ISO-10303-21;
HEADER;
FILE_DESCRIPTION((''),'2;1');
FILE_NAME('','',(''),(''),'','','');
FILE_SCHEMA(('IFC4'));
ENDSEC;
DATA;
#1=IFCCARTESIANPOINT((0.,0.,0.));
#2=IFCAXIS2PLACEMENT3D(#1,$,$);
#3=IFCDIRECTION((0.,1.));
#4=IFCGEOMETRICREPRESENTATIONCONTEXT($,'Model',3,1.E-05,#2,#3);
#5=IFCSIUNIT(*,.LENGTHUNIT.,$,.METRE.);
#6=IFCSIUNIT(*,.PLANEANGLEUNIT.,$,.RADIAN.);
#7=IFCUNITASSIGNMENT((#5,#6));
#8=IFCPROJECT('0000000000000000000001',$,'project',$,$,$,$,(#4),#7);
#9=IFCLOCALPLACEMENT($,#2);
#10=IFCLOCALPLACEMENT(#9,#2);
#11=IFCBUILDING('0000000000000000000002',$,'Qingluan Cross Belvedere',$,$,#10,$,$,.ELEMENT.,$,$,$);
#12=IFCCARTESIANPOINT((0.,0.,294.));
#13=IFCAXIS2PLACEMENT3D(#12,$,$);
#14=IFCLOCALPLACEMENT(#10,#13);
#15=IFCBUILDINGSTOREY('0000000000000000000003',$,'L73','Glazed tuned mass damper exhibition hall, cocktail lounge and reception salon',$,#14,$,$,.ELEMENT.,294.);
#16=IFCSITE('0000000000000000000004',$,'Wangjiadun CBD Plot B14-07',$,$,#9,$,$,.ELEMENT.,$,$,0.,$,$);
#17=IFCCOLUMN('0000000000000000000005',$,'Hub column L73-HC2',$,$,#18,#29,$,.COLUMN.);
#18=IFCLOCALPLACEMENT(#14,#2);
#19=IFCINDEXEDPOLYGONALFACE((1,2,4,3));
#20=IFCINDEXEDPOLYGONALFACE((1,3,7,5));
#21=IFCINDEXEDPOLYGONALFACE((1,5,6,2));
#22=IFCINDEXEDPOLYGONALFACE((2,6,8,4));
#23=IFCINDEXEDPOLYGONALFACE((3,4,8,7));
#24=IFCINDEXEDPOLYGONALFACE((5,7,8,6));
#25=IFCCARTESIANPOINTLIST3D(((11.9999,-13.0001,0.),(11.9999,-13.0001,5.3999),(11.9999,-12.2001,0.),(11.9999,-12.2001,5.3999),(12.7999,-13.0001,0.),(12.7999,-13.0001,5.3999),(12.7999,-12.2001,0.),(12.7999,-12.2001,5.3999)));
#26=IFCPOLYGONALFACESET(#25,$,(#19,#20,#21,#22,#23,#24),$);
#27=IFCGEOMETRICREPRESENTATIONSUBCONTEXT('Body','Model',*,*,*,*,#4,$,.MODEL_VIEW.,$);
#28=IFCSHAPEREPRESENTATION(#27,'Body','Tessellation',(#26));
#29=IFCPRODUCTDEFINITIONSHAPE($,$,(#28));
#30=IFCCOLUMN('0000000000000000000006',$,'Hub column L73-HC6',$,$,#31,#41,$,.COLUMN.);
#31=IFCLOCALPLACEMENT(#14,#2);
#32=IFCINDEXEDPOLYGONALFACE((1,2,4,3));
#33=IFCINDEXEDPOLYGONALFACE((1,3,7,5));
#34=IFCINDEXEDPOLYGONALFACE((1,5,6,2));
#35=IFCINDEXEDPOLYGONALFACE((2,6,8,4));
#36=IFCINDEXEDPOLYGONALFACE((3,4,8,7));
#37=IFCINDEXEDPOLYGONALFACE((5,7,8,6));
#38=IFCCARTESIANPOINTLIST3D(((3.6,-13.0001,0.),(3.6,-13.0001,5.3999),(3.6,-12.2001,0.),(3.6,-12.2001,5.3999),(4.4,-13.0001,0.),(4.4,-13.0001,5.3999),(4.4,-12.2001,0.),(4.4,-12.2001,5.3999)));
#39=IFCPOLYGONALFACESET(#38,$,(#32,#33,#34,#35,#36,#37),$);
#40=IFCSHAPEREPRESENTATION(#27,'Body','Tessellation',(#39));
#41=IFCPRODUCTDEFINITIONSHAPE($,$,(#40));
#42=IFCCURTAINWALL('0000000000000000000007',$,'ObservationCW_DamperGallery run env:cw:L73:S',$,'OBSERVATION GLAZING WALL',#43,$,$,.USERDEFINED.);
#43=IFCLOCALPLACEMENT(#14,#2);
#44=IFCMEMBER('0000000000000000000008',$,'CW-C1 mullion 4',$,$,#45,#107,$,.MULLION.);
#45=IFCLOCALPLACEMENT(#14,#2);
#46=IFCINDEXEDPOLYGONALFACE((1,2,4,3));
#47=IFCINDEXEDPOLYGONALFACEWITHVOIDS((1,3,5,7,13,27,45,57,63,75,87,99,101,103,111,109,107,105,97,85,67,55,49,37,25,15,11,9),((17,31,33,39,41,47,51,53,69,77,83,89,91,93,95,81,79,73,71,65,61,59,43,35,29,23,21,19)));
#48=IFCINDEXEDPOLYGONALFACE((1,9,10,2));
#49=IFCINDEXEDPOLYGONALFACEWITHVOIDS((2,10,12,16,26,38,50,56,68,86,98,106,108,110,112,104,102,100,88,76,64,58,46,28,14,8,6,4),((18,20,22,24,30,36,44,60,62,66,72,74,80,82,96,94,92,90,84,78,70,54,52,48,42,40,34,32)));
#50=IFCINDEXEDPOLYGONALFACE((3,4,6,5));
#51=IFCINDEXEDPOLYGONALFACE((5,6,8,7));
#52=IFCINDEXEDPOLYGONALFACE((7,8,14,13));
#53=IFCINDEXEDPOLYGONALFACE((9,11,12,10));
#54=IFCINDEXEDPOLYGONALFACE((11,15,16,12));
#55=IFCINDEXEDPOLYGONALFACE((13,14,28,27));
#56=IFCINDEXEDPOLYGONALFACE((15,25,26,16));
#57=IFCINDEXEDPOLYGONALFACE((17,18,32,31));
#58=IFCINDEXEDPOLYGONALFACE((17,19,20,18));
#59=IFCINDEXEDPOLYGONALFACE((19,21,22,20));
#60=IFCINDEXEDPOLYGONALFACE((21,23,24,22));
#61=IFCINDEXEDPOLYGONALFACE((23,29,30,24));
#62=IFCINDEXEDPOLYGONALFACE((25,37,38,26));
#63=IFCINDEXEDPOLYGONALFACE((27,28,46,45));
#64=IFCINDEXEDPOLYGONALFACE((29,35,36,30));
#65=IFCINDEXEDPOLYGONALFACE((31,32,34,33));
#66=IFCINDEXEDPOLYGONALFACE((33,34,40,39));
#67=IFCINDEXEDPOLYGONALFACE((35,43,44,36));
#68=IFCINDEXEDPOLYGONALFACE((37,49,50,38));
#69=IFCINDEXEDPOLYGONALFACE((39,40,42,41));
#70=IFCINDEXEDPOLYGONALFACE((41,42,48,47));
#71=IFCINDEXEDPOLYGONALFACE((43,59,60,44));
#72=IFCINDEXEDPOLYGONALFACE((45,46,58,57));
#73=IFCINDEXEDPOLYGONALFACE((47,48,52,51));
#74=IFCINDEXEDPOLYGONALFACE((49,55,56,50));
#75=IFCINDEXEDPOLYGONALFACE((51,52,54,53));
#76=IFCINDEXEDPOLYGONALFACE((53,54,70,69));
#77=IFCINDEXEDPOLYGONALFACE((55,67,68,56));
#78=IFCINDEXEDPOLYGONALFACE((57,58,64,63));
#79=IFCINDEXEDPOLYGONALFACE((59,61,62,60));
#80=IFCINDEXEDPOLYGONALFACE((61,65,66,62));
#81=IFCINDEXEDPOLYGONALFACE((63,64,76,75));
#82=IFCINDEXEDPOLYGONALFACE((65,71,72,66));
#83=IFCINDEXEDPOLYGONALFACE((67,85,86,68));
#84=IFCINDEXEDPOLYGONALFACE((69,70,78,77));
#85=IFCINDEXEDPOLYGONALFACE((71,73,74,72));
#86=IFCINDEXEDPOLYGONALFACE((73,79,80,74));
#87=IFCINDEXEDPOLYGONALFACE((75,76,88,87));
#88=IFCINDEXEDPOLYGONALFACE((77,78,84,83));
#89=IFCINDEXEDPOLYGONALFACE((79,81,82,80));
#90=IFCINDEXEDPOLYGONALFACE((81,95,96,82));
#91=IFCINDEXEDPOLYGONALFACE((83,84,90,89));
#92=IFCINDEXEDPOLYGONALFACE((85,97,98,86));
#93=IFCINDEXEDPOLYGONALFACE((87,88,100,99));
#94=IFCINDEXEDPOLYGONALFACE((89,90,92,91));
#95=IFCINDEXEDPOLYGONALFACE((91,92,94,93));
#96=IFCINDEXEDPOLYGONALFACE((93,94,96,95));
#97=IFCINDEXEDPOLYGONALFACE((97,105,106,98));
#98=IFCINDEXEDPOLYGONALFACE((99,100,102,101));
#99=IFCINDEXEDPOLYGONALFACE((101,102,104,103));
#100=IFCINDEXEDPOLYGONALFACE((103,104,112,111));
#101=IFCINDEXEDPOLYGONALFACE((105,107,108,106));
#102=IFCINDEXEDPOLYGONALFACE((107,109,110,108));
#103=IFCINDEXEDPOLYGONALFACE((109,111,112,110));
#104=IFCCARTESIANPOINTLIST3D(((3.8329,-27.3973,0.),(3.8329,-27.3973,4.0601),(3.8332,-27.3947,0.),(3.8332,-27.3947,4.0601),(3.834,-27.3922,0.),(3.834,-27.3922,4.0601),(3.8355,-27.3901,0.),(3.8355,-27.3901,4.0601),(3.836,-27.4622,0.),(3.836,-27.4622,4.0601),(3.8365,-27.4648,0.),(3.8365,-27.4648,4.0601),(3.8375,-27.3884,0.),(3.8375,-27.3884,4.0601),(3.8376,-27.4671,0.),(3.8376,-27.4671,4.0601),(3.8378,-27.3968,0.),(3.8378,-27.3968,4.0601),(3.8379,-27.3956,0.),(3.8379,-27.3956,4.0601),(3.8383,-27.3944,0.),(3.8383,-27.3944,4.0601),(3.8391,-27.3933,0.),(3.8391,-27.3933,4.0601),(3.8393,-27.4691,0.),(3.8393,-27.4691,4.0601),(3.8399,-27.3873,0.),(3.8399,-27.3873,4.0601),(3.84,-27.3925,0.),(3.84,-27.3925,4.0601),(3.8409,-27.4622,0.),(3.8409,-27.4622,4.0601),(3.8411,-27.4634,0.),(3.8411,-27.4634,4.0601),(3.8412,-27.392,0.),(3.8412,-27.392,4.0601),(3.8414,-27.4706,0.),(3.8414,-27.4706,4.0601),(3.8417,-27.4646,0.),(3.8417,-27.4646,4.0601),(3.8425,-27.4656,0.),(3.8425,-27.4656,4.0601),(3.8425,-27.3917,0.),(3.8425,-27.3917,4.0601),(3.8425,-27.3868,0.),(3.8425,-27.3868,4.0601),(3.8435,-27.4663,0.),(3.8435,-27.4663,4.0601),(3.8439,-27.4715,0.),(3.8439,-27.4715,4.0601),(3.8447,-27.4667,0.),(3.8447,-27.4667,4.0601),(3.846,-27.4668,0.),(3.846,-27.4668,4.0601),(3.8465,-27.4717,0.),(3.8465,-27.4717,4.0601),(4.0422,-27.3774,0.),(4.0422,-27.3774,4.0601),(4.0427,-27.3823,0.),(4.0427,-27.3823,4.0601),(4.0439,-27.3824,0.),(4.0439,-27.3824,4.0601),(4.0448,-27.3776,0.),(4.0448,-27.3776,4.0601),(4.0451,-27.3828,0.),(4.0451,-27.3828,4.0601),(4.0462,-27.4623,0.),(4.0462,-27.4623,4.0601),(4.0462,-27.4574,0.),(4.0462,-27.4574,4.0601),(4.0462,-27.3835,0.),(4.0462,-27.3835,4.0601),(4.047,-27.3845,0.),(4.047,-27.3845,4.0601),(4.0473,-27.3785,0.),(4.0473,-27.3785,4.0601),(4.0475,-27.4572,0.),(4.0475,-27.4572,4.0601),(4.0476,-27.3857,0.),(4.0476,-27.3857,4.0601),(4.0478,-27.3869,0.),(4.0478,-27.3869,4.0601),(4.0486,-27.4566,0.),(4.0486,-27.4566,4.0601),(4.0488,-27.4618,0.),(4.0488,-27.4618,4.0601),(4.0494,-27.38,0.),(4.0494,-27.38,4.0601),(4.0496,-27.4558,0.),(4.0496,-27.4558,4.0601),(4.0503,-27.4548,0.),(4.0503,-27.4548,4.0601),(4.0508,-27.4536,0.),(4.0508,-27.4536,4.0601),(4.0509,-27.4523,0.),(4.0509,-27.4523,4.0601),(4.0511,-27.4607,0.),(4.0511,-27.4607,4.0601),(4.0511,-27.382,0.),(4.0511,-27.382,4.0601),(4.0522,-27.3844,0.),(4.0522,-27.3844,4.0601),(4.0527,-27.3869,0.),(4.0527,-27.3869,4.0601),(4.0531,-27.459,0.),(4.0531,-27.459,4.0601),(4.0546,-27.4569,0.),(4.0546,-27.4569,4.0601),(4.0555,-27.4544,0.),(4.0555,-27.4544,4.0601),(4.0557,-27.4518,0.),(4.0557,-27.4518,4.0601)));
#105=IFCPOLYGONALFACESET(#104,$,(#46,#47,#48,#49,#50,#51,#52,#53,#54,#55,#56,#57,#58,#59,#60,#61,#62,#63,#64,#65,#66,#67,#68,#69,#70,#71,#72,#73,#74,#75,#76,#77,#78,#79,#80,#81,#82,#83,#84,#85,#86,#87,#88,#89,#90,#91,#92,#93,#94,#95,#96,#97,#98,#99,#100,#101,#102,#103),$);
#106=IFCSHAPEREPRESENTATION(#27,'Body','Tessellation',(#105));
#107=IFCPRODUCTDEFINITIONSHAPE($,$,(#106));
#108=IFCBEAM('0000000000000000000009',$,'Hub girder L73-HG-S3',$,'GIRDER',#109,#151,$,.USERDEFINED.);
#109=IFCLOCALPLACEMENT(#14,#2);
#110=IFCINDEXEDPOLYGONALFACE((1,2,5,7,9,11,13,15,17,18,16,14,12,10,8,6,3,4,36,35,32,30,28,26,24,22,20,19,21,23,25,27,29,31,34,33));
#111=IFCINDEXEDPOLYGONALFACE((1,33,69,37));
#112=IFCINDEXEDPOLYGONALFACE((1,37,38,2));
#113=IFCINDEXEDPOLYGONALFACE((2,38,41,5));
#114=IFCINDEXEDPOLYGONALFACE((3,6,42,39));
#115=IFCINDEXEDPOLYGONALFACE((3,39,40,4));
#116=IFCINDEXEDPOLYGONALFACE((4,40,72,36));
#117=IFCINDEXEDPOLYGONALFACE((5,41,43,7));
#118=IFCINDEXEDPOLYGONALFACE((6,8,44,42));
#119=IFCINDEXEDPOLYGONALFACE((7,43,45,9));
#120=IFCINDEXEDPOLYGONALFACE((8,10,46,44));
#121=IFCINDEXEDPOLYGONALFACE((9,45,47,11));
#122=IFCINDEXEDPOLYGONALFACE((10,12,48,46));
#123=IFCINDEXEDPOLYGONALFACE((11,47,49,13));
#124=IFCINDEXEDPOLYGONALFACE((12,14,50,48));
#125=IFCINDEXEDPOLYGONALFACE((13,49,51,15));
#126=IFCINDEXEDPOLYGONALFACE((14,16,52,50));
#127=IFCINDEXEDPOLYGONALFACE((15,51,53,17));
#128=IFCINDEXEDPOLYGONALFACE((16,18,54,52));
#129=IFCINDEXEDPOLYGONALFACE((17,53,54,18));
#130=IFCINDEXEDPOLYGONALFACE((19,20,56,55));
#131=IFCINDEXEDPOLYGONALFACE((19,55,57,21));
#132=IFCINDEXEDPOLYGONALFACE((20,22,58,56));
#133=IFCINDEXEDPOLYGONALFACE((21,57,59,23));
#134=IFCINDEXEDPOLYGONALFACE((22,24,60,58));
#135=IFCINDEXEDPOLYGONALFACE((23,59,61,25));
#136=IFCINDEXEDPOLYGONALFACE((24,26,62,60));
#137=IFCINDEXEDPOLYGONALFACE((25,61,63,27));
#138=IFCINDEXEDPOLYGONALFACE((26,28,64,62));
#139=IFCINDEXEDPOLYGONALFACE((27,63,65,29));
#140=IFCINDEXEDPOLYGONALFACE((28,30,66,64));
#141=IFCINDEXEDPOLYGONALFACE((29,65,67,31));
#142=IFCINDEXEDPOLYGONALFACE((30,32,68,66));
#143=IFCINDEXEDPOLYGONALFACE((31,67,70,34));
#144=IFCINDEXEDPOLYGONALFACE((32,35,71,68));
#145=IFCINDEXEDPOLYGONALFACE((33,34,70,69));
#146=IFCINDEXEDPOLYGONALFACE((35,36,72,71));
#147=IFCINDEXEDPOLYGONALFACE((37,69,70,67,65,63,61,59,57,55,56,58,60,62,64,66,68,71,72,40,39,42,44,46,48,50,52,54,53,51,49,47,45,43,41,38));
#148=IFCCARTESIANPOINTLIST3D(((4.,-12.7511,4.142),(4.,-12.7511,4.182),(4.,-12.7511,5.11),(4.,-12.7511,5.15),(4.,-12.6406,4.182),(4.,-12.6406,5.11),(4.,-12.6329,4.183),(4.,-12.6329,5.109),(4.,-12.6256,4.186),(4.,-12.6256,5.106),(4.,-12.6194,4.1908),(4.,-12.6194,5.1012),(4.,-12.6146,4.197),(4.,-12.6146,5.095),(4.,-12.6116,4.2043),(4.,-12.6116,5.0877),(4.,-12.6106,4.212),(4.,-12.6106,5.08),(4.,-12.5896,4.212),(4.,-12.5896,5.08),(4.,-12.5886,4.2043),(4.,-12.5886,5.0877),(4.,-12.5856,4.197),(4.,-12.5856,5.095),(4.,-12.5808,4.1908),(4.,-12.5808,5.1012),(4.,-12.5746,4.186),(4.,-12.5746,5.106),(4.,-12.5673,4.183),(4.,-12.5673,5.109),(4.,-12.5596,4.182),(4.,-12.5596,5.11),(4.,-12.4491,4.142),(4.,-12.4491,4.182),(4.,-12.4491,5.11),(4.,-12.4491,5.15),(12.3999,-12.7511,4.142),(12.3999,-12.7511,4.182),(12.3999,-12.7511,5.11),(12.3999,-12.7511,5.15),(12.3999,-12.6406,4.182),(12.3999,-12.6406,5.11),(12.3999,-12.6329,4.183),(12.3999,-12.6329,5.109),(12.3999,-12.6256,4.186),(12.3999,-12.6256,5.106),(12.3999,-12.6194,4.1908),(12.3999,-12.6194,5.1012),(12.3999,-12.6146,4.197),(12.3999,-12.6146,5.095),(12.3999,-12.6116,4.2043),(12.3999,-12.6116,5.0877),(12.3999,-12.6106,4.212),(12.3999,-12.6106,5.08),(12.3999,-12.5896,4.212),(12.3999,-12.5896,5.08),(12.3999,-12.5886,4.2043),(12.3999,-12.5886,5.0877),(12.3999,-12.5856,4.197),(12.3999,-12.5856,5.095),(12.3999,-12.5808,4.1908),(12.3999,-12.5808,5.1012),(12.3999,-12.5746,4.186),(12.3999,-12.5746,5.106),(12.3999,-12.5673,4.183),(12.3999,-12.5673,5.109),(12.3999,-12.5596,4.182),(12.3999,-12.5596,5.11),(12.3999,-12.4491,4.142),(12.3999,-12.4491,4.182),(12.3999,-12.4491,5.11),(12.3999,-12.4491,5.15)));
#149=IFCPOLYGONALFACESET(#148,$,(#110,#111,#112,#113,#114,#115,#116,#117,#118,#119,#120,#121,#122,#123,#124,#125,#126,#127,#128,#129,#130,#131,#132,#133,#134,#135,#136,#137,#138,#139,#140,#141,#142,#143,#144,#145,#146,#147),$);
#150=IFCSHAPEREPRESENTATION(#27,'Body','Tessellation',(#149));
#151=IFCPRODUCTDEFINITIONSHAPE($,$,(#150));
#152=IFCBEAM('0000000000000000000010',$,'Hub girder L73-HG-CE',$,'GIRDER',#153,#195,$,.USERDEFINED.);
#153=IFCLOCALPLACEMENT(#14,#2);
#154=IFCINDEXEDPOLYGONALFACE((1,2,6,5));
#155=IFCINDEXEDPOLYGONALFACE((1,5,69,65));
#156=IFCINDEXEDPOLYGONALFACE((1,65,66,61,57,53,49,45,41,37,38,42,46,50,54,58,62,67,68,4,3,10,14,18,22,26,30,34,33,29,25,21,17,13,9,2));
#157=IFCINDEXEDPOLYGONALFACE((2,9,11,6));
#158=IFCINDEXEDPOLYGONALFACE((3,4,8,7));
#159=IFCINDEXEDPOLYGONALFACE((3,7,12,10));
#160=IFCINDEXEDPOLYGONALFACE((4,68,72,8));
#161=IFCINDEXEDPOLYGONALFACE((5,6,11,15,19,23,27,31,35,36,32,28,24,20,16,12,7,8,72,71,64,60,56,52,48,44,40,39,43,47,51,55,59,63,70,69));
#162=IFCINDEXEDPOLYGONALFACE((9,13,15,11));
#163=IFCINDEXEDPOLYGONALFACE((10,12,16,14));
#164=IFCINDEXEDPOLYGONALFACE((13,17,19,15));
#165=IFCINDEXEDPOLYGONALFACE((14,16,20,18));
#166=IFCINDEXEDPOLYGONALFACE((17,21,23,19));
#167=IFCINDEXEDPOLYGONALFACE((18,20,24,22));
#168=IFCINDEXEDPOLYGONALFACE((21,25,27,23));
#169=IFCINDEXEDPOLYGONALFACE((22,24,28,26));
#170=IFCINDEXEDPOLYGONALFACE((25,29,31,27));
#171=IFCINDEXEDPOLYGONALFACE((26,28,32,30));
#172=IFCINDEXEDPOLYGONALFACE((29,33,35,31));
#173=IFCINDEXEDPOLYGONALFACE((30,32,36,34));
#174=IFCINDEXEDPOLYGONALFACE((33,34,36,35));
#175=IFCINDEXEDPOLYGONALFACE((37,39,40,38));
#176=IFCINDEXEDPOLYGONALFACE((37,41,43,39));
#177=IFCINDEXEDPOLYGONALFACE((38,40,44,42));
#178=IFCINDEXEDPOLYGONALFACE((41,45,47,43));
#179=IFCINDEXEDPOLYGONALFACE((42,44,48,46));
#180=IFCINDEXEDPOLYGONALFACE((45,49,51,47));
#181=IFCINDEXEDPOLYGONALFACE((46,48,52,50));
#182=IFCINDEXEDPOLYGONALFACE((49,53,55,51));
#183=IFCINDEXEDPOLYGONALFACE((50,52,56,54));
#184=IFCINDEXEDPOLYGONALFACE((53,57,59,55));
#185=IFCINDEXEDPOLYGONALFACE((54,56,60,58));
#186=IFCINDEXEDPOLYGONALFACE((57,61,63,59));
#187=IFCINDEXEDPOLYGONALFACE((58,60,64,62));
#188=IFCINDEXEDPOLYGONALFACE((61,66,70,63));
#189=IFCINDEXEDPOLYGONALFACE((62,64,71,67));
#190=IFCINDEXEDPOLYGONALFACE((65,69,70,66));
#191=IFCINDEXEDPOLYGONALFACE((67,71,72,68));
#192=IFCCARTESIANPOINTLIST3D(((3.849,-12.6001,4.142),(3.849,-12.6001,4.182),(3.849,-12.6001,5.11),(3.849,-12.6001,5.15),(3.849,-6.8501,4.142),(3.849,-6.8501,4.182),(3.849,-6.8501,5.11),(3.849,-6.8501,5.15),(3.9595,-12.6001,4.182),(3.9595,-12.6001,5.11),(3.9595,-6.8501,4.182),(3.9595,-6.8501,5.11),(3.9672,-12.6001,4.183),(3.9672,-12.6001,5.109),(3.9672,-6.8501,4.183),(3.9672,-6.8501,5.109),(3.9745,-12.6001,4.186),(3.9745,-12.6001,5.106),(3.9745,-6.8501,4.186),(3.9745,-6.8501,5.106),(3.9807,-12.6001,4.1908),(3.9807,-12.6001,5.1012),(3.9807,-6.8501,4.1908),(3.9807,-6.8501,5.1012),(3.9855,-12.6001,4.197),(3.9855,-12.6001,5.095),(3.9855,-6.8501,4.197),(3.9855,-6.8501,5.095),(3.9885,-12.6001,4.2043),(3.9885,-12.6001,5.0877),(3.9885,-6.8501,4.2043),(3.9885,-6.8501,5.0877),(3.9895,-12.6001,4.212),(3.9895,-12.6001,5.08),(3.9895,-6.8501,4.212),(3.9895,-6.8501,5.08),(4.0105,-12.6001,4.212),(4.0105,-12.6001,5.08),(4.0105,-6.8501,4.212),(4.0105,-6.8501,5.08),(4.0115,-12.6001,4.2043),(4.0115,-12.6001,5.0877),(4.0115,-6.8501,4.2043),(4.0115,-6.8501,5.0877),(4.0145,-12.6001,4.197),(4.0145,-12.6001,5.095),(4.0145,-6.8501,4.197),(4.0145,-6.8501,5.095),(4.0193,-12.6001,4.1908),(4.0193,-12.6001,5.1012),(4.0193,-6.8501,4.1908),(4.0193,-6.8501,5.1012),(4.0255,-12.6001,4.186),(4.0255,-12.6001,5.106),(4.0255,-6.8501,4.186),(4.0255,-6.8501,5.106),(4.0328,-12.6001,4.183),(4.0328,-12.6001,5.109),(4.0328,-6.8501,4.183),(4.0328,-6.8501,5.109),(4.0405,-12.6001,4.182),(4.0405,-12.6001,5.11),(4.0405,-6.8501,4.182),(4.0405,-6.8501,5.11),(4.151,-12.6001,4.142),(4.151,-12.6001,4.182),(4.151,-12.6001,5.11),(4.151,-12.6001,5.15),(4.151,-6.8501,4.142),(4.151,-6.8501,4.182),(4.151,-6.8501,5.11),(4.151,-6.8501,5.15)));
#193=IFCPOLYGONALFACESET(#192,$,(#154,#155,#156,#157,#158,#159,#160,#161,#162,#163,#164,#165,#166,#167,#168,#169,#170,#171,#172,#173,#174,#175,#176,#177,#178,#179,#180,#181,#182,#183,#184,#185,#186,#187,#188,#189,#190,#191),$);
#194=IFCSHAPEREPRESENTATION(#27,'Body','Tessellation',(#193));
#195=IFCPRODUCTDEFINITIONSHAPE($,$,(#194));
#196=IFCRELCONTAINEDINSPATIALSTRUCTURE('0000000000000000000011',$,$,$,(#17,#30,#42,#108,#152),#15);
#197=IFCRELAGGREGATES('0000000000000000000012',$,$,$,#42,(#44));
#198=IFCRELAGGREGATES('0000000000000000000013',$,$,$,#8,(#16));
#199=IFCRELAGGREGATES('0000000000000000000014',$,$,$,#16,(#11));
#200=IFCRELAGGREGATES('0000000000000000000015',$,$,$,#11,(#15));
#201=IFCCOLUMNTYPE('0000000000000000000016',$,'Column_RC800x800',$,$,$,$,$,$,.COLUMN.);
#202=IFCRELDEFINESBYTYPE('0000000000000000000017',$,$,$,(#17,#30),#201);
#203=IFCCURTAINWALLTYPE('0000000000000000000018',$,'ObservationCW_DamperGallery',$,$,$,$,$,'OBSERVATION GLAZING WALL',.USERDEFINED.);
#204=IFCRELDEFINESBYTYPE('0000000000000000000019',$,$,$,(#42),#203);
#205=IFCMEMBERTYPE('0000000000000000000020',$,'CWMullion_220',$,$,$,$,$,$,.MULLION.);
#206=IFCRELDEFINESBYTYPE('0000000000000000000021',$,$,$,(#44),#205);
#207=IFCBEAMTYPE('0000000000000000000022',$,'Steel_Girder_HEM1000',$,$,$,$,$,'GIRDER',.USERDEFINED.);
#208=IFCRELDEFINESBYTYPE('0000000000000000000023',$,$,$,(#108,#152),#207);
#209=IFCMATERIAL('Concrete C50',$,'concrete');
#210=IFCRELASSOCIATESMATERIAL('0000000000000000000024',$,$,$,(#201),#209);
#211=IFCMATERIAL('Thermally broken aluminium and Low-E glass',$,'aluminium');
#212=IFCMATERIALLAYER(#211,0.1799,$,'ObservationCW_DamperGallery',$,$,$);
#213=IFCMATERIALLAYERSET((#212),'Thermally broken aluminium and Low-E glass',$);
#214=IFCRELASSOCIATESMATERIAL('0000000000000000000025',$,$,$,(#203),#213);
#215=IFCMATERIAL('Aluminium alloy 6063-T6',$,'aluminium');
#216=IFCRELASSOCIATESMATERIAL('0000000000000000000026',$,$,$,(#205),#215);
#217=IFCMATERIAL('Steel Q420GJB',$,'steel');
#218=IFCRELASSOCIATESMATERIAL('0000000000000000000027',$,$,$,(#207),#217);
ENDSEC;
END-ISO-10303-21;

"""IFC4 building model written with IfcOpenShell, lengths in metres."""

from ifc_helpers import new_model, si_unit, direction, frame, origin, origin_2d, place, context, subcontext, project, spatial, rectangle, hollow_rectangle, i_section, extrude, material, layer, layer_set, material_profile, profile_set, type_object, element, aggregate, save


model = new_model("IFC4")

# Units and contexts
model_context = context("Model", 3, precision=1e-05, world=origin(), true_north=direction((0.0, 1.0)))
body_context = subcontext(model_context, "Body", "Model", "MODEL_VIEW")
ifc_project = project(units=[si_unit("LENGTHUNIT", "METRE"), si_unit("PLANEANGLEUNIT", "RADIAN")], contexts=[model_context])

# Site, building, storey
site_placement = place(None, origin())
site = spatial("IfcSite", under=ifc_project, at=site_placement, Name="Wangjiadun CBD Plot B14-07", CompositionType="ELEMENT", RefElevation=0.0)
building_placement = place(site_placement, origin())
building = spatial("IfcBuilding", under=site, at=building_placement, Name="Qingluan Cross Belvedere", CompositionType="ELEMENT")
storey_placement = place(building_placement, frame((0.0, 0.0, 294.0)))
storey = spatial("IfcBuildingStorey", under=building, at=storey_placement, Name="L73", Description="Glazed tuned mass damper exhibition hall, cocktail lounge and reception salon", CompositionType="ELEMENT", Elevation=294.0)

# Columns
ifc_material_1 = material(Name="Concrete C50", Category="concrete")
ifc_material_profile_1 = material_profile(ifc_material_1, rectangle(XDim=0.8, YDim=0.8, at=origin_2d()), Name="RC800x800")
ifc_profile_set_1 = profile_set([ifc_material_profile_1], Name="Concrete C50")
column_type = type_object("IfcColumnType", Name="Column_RC800x800", PredefinedType="COLUMN", material=ifc_profile_set_1)
for number, where, z_axis, x_axis, name in (
    (1, (12.3999, -12.6001, 0.0), (0.0, 0.0, 1.0), (1.0, 0.0, 0.0), "Hub column L73-HC2"),
    (2, (4.0, -12.6001, 0.0), (0.0, 0.0, 1.0), (1.0, 0.0, 0.0), "Hub column L73-HC6"),
):
    element("IfcColumn", number, at=place(storey_placement, frame(where, z_axis=z_axis, x_axis=x_axis)), inside=storey, type_object=column_type, Name=name, PredefinedType="COLUMN", context=body_context, shape_type="SweptSolid", body=[
        extrude(rectangle(XDim=0.8, YDim=0.8, at=origin_2d()), origin(), (0.0, 0.0, 1.0), 5.3999),
    ])

# Curtain wall, member
ifc_material_2 = material(Name="Thermally broken aluminium and Low-E glass", Category="aluminium")
ifc_layer_1 = layer(ifc_material_2, 0.1799, Name="ObservationCW_DamperGallery")
ifc_layer_set_1 = layer_set([ifc_layer_1], Name="Thermally broken aluminium and Low-E glass")
curtain_wall_type = type_object("IfcCurtainWallType", Name="ObservationCW_DamperGallery", ElementType="OBSERVATION GLAZING WALL", PredefinedType="USERDEFINED", material=ifc_layer_set_1)
curtain_wall_placement = place(storey_placement, origin())
curtain_wall = element("IfcCurtainWall", 3, at=curtain_wall_placement, inside=storey, type_object=curtain_wall_type, Name="ObservationCW_DamperGallery run env:cw:L73:S", ObjectType="OBSERVATION GLAZING WALL", PredefinedType="USERDEFINED")
ifc_material_3 = material(Name="Aluminium alloy 6063-T6", Category="aluminium")
ifc_material_profile_2 = material_profile(ifc_material_3, hollow_rectangle(XDim=0.085, YDim=0.22, WallThickness=0.0049, InnerFilletRadius=0.0049, OuterFilletRadius=0.01, at=origin_2d()), Name="CWM220x85x5")
ifc_profile_set_2 = profile_set([ifc_material_profile_2], Name="Aluminium alloy 6063-T6")
member_type = type_object("IfcMemberType", Name="CWMullion_220", PredefinedType="MULLION", material=ifc_profile_set_2)
member_placement = place(storey_placement, frame((3.9443, -27.4246, 0.0), z_axis=(0.0, 0.0, 1.0), x_axis=(-0.047125, 0.998889, 0.0)))
member = element("IfcMember", 4, at=member_placement, type_object=member_type, Name="CW-C1 mullion 4", PredefinedType="MULLION", context=body_context, shape_type="SweptSolid", body=[
    extrude(hollow_rectangle(XDim=0.085, YDim=0.22, WallThickness=0.0049, InnerFilletRadius=0.0049, OuterFilletRadius=0.01, at=origin_2d()), origin(), (0.0, 0.0, 1.0), 4.0601),
])

# Beams
ifc_material_4 = material(Name="Steel Q420GJB", Category="steel")
ifc_material_profile_3 = material_profile(ifc_material_4, i_section(OverallWidth=0.302, OverallDepth=1.0081, WebThickness=0.021, FlangeThickness=0.04, FilletRadius=0.03, at=origin_2d()), Name="HEM1000")
ifc_profile_set_3 = profile_set([ifc_material_profile_3], Name="Steel Q420GJB")
beam_type = type_object("IfcBeamType", Name="Steel_Girder_HEM1000", ElementType="GIRDER", PredefinedType="USERDEFINED", material=ifc_profile_set_3)
beam_1_placement = place(storey_placement, frame((4.0, -12.6001, 4.646), z_axis=(1.0, 0.0, 0.0), x_axis=(0.0, 1.0, 0.0)))
element("IfcBeam", 5, at=beam_1_placement, inside=storey, type_object=beam_type, Name="Hub girder L73-HG-S3", ObjectType="GIRDER", PredefinedType="USERDEFINED", context=body_context, shape_type="SweptSolid", body=[
    extrude(i_section(OverallWidth=0.302, OverallDepth=1.0081, WebThickness=0.021, FlangeThickness=0.04, FilletRadius=0.03, at=origin_2d()), origin(), (0.0, 0.0, 1.0), 8.3999),
])
beam_2_placement = place(storey_placement, frame((4.0, -12.6001, 4.646), z_axis=(0.0, 1.0, 0.0), x_axis=(-1.0, 0.0, 0.0)))
element("IfcBeam", 6, at=beam_2_placement, inside=storey, type_object=beam_type, Name="Hub girder L73-HG-CE", ObjectType="GIRDER", PredefinedType="USERDEFINED", context=body_context, shape_type="SweptSolid", body=[
    extrude(i_section(OverallWidth=0.302, OverallDepth=1.0081, WebThickness=0.021, FlangeThickness=0.04, FilletRadius=0.03, at=origin_2d()), origin(), (0.0, 0.0, 1.0), 5.75),
])

aggregate(curtain_wall, [member])

save(model, "model.ifc")
